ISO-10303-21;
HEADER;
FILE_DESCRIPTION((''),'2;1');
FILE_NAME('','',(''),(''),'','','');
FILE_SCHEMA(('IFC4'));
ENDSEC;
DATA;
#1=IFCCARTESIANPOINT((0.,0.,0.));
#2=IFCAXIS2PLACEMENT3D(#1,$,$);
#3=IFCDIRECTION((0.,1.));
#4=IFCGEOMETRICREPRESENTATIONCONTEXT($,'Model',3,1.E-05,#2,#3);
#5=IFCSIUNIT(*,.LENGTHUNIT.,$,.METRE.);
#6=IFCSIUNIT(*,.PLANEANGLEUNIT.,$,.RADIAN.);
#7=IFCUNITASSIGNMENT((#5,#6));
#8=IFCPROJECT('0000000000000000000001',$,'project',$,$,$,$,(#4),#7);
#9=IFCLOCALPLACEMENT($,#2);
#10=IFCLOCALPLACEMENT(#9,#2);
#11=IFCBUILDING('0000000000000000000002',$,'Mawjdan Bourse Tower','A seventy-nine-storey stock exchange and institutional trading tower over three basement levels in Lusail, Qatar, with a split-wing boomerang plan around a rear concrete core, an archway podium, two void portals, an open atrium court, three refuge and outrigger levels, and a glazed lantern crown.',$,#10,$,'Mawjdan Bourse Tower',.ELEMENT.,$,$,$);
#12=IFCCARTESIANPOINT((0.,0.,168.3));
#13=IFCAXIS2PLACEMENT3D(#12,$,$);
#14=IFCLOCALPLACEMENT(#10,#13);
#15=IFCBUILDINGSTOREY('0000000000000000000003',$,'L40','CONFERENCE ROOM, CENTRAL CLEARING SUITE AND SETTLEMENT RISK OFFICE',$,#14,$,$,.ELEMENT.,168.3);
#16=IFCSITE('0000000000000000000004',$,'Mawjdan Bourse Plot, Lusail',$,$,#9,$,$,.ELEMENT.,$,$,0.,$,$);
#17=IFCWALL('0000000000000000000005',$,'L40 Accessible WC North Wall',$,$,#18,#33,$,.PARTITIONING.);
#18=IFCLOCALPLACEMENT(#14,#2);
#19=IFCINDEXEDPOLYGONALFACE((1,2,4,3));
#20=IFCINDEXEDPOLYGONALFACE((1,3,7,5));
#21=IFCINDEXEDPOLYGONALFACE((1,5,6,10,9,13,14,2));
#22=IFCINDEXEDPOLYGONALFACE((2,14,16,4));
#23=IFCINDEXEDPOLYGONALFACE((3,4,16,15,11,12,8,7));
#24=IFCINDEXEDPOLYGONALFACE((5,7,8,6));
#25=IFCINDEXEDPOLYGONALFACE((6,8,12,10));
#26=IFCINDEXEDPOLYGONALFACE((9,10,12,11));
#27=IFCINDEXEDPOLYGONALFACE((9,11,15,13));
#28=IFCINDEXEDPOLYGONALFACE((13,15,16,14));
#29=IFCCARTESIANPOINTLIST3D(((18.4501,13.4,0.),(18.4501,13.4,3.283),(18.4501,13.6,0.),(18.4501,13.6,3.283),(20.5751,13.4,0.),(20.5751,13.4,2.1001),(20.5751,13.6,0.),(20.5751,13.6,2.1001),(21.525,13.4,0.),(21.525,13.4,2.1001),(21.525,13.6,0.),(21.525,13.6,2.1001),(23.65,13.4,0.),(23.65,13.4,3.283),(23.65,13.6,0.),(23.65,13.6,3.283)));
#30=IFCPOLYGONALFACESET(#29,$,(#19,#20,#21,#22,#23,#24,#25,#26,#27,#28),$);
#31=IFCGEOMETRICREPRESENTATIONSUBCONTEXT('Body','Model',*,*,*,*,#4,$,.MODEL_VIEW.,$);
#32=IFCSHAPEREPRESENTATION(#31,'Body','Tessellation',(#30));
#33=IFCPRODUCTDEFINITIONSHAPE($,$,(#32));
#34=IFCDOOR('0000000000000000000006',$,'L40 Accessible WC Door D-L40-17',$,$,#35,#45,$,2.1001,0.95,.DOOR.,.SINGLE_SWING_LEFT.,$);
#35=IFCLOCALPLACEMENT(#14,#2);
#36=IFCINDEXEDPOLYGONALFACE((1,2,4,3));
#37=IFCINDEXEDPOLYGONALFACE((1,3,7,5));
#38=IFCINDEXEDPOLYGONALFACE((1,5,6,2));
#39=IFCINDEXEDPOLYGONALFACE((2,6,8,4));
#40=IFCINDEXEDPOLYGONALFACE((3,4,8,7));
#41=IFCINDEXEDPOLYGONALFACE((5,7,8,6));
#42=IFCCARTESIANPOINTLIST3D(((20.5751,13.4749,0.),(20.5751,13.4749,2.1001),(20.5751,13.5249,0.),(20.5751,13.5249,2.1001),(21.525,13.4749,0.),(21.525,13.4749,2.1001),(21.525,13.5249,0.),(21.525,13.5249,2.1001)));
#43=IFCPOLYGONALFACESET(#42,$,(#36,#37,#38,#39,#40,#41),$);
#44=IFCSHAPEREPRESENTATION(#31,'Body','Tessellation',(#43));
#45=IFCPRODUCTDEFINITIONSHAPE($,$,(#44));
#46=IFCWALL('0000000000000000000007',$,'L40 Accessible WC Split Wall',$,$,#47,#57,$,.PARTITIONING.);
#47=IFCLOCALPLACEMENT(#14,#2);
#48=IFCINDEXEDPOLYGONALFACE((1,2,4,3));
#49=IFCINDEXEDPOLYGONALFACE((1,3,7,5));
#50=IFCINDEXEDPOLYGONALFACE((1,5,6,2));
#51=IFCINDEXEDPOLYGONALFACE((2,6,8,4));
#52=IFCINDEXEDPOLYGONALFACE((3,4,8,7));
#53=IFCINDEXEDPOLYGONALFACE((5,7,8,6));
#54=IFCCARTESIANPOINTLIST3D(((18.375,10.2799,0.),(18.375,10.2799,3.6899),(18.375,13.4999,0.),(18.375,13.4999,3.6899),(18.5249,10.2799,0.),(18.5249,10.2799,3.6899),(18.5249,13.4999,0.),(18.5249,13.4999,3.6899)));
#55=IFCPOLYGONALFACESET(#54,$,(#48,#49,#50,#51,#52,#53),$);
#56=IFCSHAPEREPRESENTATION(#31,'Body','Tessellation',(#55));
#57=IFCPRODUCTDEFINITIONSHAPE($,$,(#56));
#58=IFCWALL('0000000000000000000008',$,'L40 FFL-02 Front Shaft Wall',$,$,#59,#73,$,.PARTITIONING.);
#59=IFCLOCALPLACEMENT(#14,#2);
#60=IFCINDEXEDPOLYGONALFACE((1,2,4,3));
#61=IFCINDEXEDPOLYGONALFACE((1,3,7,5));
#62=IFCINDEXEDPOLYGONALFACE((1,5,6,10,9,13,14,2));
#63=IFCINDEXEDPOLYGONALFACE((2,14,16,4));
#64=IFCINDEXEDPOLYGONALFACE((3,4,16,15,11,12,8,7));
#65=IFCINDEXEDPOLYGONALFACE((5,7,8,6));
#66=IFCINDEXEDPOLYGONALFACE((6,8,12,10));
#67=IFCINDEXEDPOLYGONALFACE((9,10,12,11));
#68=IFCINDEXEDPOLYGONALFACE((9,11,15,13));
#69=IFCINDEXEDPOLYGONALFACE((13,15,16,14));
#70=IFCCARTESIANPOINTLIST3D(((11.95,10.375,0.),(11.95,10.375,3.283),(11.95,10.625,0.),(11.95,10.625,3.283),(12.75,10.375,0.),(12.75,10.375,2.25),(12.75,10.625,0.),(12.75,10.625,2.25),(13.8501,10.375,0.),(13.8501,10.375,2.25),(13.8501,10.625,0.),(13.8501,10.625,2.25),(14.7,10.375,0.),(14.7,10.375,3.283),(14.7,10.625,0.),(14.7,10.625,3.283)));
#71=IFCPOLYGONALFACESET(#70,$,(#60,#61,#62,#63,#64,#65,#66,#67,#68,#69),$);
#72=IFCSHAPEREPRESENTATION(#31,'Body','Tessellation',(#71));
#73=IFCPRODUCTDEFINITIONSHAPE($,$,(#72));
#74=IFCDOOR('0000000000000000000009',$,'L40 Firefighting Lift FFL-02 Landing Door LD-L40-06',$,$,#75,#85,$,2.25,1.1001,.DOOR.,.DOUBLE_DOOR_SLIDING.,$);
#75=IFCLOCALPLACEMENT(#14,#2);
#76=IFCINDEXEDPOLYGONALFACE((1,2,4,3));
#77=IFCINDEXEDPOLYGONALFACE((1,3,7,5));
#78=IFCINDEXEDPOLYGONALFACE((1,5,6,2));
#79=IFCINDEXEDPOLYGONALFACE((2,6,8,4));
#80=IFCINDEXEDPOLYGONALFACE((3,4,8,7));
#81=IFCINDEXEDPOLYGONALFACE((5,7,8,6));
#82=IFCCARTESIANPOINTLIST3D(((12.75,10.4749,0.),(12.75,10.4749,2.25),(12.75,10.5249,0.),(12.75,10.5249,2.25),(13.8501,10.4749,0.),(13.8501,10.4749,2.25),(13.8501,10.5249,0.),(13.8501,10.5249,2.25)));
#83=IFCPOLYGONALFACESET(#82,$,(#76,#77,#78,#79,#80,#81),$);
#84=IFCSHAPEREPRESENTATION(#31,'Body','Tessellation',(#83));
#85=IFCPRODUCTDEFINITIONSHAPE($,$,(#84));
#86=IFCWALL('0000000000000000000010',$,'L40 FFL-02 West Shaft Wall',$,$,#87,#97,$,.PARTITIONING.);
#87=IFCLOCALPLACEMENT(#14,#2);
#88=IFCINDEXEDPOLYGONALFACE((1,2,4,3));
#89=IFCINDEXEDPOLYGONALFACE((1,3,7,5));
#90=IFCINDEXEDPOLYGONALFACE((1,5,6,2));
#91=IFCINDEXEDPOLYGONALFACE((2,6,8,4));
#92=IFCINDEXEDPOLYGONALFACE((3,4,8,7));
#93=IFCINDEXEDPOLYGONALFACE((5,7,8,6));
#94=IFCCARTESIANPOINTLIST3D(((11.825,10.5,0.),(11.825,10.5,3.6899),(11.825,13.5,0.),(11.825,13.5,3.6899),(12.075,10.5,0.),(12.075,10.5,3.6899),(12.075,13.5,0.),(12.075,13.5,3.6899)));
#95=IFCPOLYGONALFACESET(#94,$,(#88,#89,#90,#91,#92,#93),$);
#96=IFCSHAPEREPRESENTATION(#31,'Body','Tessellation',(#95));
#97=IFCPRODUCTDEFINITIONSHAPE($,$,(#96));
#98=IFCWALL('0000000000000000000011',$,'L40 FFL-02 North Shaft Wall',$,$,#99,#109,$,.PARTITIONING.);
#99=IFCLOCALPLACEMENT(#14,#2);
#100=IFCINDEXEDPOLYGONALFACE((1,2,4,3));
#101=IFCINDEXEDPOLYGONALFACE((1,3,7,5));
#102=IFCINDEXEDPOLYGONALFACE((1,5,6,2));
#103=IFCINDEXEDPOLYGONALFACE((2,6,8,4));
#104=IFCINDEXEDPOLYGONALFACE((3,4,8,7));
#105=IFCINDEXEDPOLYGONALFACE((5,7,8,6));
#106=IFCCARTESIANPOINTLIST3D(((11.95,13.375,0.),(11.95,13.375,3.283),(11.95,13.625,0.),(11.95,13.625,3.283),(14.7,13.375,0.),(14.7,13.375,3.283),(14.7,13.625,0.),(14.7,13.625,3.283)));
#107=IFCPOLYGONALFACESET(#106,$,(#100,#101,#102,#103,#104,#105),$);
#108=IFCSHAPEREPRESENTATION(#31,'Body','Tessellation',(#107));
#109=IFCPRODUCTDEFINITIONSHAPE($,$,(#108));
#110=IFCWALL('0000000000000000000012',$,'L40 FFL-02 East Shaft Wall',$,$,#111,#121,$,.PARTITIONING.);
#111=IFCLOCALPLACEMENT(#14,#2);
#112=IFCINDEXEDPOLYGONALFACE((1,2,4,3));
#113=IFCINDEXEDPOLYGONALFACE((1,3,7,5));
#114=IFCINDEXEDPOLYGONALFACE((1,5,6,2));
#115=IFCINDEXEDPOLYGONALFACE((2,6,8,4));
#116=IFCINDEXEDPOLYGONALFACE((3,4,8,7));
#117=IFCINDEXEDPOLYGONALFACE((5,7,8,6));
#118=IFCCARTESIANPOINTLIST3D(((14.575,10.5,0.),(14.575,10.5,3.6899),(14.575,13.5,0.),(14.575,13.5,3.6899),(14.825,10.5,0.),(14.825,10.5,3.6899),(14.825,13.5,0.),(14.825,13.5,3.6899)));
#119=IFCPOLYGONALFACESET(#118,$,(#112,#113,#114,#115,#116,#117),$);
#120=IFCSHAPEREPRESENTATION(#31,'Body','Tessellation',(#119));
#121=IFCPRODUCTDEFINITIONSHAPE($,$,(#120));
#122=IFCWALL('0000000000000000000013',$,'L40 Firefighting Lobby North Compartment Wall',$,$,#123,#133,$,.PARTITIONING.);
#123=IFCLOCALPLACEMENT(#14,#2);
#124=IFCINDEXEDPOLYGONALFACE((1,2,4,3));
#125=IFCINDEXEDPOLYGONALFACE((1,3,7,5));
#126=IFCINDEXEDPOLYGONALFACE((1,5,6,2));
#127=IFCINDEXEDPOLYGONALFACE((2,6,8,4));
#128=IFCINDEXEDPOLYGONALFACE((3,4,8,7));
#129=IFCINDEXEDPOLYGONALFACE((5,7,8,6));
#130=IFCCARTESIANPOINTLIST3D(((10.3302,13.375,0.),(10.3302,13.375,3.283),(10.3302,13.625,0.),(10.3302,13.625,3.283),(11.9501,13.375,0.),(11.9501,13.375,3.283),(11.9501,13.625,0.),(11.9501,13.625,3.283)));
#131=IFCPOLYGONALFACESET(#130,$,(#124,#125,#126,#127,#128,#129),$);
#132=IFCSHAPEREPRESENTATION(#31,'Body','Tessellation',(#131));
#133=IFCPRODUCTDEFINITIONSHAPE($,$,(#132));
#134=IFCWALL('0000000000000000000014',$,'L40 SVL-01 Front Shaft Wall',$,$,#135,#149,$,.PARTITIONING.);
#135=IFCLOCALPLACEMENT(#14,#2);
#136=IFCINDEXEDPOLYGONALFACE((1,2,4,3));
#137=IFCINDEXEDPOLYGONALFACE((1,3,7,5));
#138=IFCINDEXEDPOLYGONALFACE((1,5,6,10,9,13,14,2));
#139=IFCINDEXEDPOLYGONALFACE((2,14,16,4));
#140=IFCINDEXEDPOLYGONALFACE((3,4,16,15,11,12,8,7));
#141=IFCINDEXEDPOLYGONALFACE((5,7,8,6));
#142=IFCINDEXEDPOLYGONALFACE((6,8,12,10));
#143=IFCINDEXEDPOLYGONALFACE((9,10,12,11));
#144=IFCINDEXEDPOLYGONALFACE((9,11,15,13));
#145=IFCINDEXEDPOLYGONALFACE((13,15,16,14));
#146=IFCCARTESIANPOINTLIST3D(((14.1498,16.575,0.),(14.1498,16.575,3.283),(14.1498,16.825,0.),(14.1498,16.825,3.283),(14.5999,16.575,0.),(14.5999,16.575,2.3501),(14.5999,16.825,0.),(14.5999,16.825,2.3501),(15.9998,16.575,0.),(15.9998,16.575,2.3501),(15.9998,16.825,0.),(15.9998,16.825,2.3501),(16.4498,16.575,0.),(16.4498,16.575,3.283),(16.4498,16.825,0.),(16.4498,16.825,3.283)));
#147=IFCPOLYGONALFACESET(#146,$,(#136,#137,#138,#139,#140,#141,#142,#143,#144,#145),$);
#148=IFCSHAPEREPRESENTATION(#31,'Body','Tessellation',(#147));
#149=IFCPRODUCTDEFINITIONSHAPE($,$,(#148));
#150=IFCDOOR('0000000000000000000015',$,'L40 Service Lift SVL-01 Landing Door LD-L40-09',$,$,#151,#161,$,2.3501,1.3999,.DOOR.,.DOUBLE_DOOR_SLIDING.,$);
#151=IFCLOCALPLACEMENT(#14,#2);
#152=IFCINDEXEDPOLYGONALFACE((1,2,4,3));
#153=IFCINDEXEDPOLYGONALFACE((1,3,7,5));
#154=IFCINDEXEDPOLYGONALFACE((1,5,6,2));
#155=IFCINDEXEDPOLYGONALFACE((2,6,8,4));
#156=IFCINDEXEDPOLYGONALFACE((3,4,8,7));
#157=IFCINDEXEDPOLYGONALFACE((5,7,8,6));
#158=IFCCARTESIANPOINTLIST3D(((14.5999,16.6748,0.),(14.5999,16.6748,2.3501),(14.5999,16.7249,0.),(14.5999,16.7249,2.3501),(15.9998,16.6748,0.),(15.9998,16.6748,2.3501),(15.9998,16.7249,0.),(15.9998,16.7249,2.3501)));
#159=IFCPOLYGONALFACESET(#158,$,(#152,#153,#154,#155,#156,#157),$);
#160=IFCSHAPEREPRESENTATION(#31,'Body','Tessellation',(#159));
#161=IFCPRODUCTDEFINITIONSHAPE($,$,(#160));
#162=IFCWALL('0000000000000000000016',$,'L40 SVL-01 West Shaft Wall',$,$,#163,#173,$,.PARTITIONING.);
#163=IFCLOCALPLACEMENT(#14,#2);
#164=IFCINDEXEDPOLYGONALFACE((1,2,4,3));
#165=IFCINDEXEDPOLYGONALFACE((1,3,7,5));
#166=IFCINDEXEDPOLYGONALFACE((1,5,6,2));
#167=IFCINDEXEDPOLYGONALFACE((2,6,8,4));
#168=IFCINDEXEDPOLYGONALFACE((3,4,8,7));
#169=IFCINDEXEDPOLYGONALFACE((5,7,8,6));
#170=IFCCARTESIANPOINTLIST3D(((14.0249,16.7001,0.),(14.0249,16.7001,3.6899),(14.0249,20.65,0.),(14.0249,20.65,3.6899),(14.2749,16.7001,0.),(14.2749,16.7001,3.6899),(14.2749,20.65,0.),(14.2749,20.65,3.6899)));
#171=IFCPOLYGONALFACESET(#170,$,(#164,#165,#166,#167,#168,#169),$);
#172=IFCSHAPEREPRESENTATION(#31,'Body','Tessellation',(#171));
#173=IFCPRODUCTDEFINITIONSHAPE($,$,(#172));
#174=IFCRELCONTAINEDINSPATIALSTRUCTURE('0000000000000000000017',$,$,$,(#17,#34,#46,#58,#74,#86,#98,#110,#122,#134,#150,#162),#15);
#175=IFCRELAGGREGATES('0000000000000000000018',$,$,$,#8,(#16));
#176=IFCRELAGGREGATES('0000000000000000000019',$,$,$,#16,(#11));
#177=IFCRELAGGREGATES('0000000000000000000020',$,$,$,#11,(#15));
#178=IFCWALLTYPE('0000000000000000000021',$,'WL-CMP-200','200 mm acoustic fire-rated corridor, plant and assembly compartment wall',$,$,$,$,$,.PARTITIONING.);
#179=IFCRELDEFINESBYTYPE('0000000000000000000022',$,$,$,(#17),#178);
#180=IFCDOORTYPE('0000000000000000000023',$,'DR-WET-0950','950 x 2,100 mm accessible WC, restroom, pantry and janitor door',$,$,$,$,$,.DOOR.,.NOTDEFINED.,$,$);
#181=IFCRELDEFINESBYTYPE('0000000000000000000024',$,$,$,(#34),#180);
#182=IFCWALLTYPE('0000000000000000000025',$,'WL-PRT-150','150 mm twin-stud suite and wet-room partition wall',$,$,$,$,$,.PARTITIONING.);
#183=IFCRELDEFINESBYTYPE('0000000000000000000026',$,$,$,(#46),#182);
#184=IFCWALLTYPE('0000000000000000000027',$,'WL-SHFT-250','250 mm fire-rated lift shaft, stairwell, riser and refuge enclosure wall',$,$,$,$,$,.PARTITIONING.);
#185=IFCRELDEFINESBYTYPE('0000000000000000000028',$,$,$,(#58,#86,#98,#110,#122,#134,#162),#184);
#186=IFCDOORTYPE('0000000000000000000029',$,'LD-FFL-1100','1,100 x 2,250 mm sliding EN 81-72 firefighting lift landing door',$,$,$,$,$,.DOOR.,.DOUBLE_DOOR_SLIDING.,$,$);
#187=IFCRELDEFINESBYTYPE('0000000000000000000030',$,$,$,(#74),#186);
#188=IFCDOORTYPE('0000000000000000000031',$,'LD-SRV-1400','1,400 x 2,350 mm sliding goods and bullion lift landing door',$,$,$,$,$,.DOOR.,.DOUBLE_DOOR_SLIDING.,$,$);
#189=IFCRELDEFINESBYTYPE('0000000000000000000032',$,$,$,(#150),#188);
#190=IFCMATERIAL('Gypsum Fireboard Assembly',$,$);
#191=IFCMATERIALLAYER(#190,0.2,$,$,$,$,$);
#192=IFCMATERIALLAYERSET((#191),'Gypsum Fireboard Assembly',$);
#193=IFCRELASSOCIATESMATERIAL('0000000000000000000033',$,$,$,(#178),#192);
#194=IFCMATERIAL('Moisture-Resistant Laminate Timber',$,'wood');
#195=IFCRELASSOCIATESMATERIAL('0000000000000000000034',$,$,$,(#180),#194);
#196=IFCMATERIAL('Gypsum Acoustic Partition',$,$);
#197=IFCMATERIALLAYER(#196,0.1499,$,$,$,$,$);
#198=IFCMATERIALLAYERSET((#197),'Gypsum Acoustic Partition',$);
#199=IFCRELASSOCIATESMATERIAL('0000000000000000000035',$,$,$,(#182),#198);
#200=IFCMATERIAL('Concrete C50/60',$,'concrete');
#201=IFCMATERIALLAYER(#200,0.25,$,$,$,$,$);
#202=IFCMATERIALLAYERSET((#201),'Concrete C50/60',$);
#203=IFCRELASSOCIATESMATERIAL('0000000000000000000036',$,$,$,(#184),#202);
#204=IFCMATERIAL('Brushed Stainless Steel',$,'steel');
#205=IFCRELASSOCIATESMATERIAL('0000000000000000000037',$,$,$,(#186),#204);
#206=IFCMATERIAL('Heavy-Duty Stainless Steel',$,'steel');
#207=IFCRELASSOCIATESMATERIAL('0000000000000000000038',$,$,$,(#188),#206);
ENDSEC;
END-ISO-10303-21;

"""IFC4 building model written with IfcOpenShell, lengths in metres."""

from ifc_helpers import new_model, si_unit, direction, frame, frame_2d, origin, place, context, subcontext, project, spatial, rectangle, extrude, material, layer, layer_set, type_object, element, fill, save


model = new_model("IFC4")

# Units and contexts
model_context = context("Model", 3, precision=1e-05, world=origin(), true_north=direction((0.0, 1.0)))
body_context = subcontext(model_context, "Body", "Model", "MODEL_VIEW")
ifc_project = project(units=[si_unit("LENGTHUNIT", "METRE"), si_unit("PLANEANGLEUNIT", "RADIAN")], contexts=[model_context])

# Site, building, storey
site_placement = place(None, origin())
site = spatial("IfcSite", under=ifc_project, at=site_placement, Name="Mawjdan Bourse Plot, Lusail", CompositionType="ELEMENT", RefElevation=0.0)
building_placement = place(site_placement, origin())
building = spatial("IfcBuilding", under=site, at=building_placement, Name="Mawjdan Bourse Tower", Description="A seventy-nine-storey stock exchange and institutional trading tower over three basement levels in Lusail, Qatar, with a split-wing boomerang plan around a rear concrete core, an archway podium, two void portals, an open atrium court, three refuge and outrigger levels, and a glazed lantern crown.", LongName="Mawjdan Bourse Tower", CompositionType="ELEMENT")
storey_placement = place(building_placement, frame((0.0, 0.0, 168.3)))
storey = spatial("IfcBuildingStorey", under=building, at=storey_placement, Name="L40", Description="CONFERENCE ROOM, CENTRAL CLEARING SUITE AND SETTLEMENT RISK OFFICE", CompositionType="ELEMENT", Elevation=168.3)

# Shared definitions
ifc_material_1 = material(Name="Gypsum Fireboard Assembly")
ifc_layer_1 = layer(ifc_material_1, 0.2)
ifc_layer_set_1 = layer_set([ifc_layer_1], Name="Gypsum Fireboard Assembly")
wall_type_1 = type_object("IfcWallType", Name="WL-CMP-200", Description="200 mm acoustic fire-rated corridor, plant and assembly compartment wall", PredefinedType="PARTITIONING", material=ifc_layer_set_1)

# Wall, opening, door
ifc_material_2 = material(Name="Moisture-Resistant Laminate Timber", Category="wood")
door_type_1 = type_object("IfcDoorType", Name="DR-WET-0950", Description="950 x 2,100 mm accessible WC, restroom, pantry and janitor door", OperationType="NOTDEFINED", PredefinedType="DOOR", material=ifc_material_2)
wall_1_placement = place(storey_placement, frame((18.45, 13.5, 0.0), z_axis=(0.0, 0.0, 1.0), x_axis=(1.0, 0.0, 0.0)))
wall_1 = element("IfcWall", 1, at=wall_1_placement, inside=storey, type_object=wall_type_1, Name="L40 Accessible WC North Wall", PredefinedType="PARTITIONING", context=body_context, shape_type="SweptSolid", body=[
    extrude(rectangle(XDim=5.2, YDim=0.2, at=frame_2d((2.6001, 0.0))), origin(), (0.0, 0.0, 1.0), 3.283),
])
opening_1_placement = place(wall_1_placement, frame((2.125, 0.0, 0.0)))
opening_1 = element("IfcOpeningElement", 2, at=opening_1_placement, cuts=wall_1, PredefinedType="OPENING", context=body_context, shape_type="SweptSolid", body=[
    extrude(rectangle(XDim=0.95, YDim=2.1001, at=frame_2d((0.4751, 1.05))), frame((0.0, 0.1099, 0.0), z_axis=(0.0, -1.0, 0.0), x_axis=(1.0, 0.0, 0.0)), (0.0, 0.0, 1.0), 0.22),
])
door_1_placement = place(opening_1_placement, origin())
door_1 = element("IfcDoor", 3, at=door_1_placement, inside=storey, type_object=door_type_1, Name="L40 Accessible WC Door D-L40-17", OperationType="SINGLE_SWING_LEFT", OverallHeight=2.1001, OverallWidth=0.95, PredefinedType="DOOR", context=body_context, shape_type="SweptSolid", body=[
    extrude(rectangle(XDim=0.95, YDim=2.1001, at=frame_2d((0.4751, 1.05))), frame((0.0, 0.0249, 0.0), z_axis=(0.0, -1.0, 0.0), x_axis=(1.0, 0.0, 0.0)), (0.0, 0.0, 1.0), 0.05),
])
fill(opening_1, door_1)

# Wall
ifc_material_3 = material(Name="Gypsum Acoustic Partition")
ifc_layer_2 = layer(ifc_material_3, 0.1499)
ifc_layer_set_2 = layer_set([ifc_layer_2], Name="Gypsum Acoustic Partition")
wall_type_2 = type_object("IfcWallType", Name="WL-PRT-150", Description="150 mm twin-stud suite and wet-room partition wall", PredefinedType="PARTITIONING", material=ifc_layer_set_2)
wall_2_placement = place(storey_placement, frame((18.45, 10.28, 0.0), z_axis=(0.0, 0.0, 1.0), x_axis=(0.0, 1.0, 0.0)))
element("IfcWall", 4, at=wall_2_placement, inside=storey, type_object=wall_type_2, Name="L40 Accessible WC Split Wall", PredefinedType="PARTITIONING", context=body_context, shape_type="SweptSolid", body=[
    extrude(rectangle(XDim=3.22, YDim=0.1499, at=frame_2d((1.6099, 0.0))), origin(), (0.0, 0.0, 1.0), 3.6899),
])

# Wall, opening, door
ifc_material_4 = material(Name="Concrete C50/60", Category="concrete")
ifc_layer_3 = layer(ifc_material_4, 0.25)
ifc_layer_set_3 = layer_set([ifc_layer_3], Name="Concrete C50/60")
wall_type_3 = type_object("IfcWallType", Name="WL-SHFT-250", Description="250 mm fire-rated lift shaft, stairwell, riser and refuge enclosure wall", PredefinedType="PARTITIONING", material=ifc_layer_set_3)
wall_3_placement = place(storey_placement, frame((11.95, 10.5, 0.0), z_axis=(0.0, 0.0, 1.0), x_axis=(1.0, 0.0, 0.0)))
wall_3 = element("IfcWall", 5, at=wall_3_placement, inside=storey, type_object=wall_type_3, Name="L40 FFL-02 Front Shaft Wall", PredefinedType="PARTITIONING", context=body_context, shape_type="SweptSolid", body=[
    extrude(rectangle(XDim=2.75, YDim=0.25, at=frame_2d((1.375, 0.0))), origin(), (0.0, 0.0, 1.0), 3.283),
])
opening_2_placement = place(wall_3_placement, frame((0.8, 0.0, 0.0)))
opening_2 = element("IfcOpeningElement", 6, at=opening_2_placement, cuts=wall_3, PredefinedType="OPENING", context=body_context, shape_type="SweptSolid", body=[
    extrude(rectangle(XDim=1.1001, YDim=2.25, at=frame_2d((0.55, 1.125))), frame((0.0, 0.135, 0.0), z_axis=(0.0, -1.0, 0.0), x_axis=(1.0, 0.0, 0.0)), (0.0, 0.0, 1.0), 0.27),
])
ifc_material_5 = material(Name="Brushed Stainless Steel", Category="steel")
door_type_2 = type_object("IfcDoorType", Name="LD-FFL-1100", Description="1,100 x 2,250 mm sliding EN 81-72 firefighting lift landing door", OperationType="DOUBLE_DOOR_SLIDING", PredefinedType="DOOR", material=ifc_material_5)
door_2_placement = place(opening_2_placement, origin())
door_2 = element("IfcDoor", 7, at=door_2_placement, inside=storey, type_object=door_type_2, Name="L40 Firefighting Lift FFL-02 Landing Door LD-L40-06", OperationType="DOUBLE_DOOR_SLIDING", OverallHeight=2.25, OverallWidth=1.1001, PredefinedType="DOOR", context=body_context, shape_type="SweptSolid", body=[
    extrude(rectangle(XDim=1.1001, YDim=2.25, at=frame_2d((0.55, 1.125))), frame((0.0, 0.0249, 0.0), z_axis=(0.0, -1.0, 0.0), x_axis=(1.0, 0.0, 0.0)), (0.0, 0.0, 1.0), 0.05),
])
fill(opening_2, door_2)

# Walls
wall_4_placement = place(storey_placement, frame((11.95, 10.5, 0.0), z_axis=(0.0, 0.0, 1.0), x_axis=(0.0, 1.0, 0.0)))
element("IfcWall", 8, at=wall_4_placement, inside=storey, type_object=wall_type_3, Name="L40 FFL-02 West Shaft Wall", PredefinedType="PARTITIONING", context=body_context, shape_type="SweptSolid", body=[
    extrude(rectangle(XDim=3.0, YDim=0.25, at=frame_2d((1.5, 0.0))), origin(), (0.0, 0.0, 1.0), 3.6899),
])
wall_5_placement = place(storey_placement, frame((11.95, 13.5, 0.0), z_axis=(0.0, 0.0, 1.0), x_axis=(1.0, 0.0, 0.0)))
element("IfcWall", 9, at=wall_5_placement, inside=storey, type_object=wall_type_3, Name="L40 FFL-02 North Shaft Wall", PredefinedType="PARTITIONING", context=body_context, shape_type="SweptSolid", body=[
    extrude(rectangle(XDim=2.75, YDim=0.25, at=frame_2d((1.375, 0.0))), origin(), (0.0, 0.0, 1.0), 3.283),
])
wall_6_placement = place(storey_placement, frame((14.7, 10.5, 0.0), z_axis=(0.0, 0.0, 1.0), x_axis=(0.0, 1.0, 0.0)))
element("IfcWall", 10, at=wall_6_placement, inside=storey, type_object=wall_type_3, Name="L40 FFL-02 East Shaft Wall", PredefinedType="PARTITIONING", context=body_context, shape_type="SweptSolid", body=[
    extrude(rectangle(XDim=3.0, YDim=0.25, at=frame_2d((1.5, 0.0))), origin(), (0.0, 0.0, 1.0), 3.6899),
])
wall_7_placement = place(storey_placement, frame((10.3301, 13.5, 0.0), z_axis=(0.0, 0.0, 1.0), x_axis=(1.0, 0.0, 0.0)))
element("IfcWall", 11, at=wall_7_placement, inside=storey, type_object=wall_type_3, Name="L40 Firefighting Lobby North Compartment Wall", PredefinedType="PARTITIONING", context=body_context, shape_type="SweptSolid", body=[
    extrude(rectangle(XDim=1.6199, YDim=0.25, at=frame_2d((0.8101, 0.0))), origin(), (0.0, 0.0, 1.0), 3.283),
])

# Wall, opening, door
wall_8_placement = place(storey_placement, frame((14.1499, 16.7, 0.0), z_axis=(0.0, 0.0, 1.0), x_axis=(1.0, 0.0, 0.0)))
wall_8 = element("IfcWall", 12, at=wall_8_placement, inside=storey, type_object=wall_type_3, Name="L40 SVL-01 Front Shaft Wall", PredefinedType="PARTITIONING", context=body_context, shape_type="SweptSolid", body=[
    extrude(rectangle(XDim=2.3, YDim=0.25, at=frame_2d((1.1499, 0.0))), origin(), (0.0, 0.0, 1.0), 3.283),
])
opening_3_placement = place(wall_8_placement, frame((0.45, 0.0, 0.0)))
opening_3 = element("IfcOpeningElement", 13, at=opening_3_placement, cuts=wall_8, PredefinedType="OPENING", context=body_context, shape_type="SweptSolid", body=[
    extrude(rectangle(XDim=1.3999, YDim=2.3501, at=frame_2d((0.7, 1.175))), frame((0.0, 0.135, 0.0), z_axis=(0.0, -1.0, 0.0), x_axis=(1.0, 0.0, 0.0)), (0.0, 0.0, 1.0), 0.27),
])
ifc_material_6 = material(Name="Heavy-Duty Stainless Steel", Category="steel")
door_type_3 = type_object("IfcDoorType", Name="LD-SRV-1400", Description="1,400 x 2,350 mm sliding goods and bullion lift landing door", OperationType="DOUBLE_DOOR_SLIDING", PredefinedType="DOOR", material=ifc_material_6)
door_3_placement = place(opening_3_placement, origin())
door_3 = element("IfcDoor", 14, at=door_3_placement, inside=storey, type_object=door_type_3, Name="L40 Service Lift SVL-01 Landing Door LD-L40-09", OperationType="DOUBLE_DOOR_SLIDING", OverallHeight=2.3501, OverallWidth=1.3999, PredefinedType="DOOR", context=body_context, shape_type="SweptSolid", body=[
    extrude(rectangle(XDim=1.3999, YDim=2.3501, at=frame_2d((0.7, 1.175))), frame((0.0, 0.0249, 0.0), z_axis=(0.0, -1.0, 0.0), x_axis=(1.0, 0.0, 0.0)), (0.0, 0.0, 1.0), 0.05),
])
fill(opening_3, door_3)

# Wall
for number, where, z_axis, x_axis, name in (
    (15, (14.1499, 16.7, 0.0), (0.0, 0.0, 1.0), (0.0, 1.0, 0.0), "L40 SVL-01 West Shaft Wall"),
):
    element("IfcWall", number, at=place(storey_placement, frame(where, z_axis=z_axis, x_axis=x_axis)), inside=storey, type_object=wall_type_3, Name=name, PredefinedType="PARTITIONING", context=body_context, shape_type="SweptSolid", body=[
        extrude(rectangle(XDim=3.95, YDim=0.25, at=frame_2d((1.9751, 0.0))), origin(), (0.0, 0.0, 1.0), 3.6899),
    ])

save(model, "model.ifc")
